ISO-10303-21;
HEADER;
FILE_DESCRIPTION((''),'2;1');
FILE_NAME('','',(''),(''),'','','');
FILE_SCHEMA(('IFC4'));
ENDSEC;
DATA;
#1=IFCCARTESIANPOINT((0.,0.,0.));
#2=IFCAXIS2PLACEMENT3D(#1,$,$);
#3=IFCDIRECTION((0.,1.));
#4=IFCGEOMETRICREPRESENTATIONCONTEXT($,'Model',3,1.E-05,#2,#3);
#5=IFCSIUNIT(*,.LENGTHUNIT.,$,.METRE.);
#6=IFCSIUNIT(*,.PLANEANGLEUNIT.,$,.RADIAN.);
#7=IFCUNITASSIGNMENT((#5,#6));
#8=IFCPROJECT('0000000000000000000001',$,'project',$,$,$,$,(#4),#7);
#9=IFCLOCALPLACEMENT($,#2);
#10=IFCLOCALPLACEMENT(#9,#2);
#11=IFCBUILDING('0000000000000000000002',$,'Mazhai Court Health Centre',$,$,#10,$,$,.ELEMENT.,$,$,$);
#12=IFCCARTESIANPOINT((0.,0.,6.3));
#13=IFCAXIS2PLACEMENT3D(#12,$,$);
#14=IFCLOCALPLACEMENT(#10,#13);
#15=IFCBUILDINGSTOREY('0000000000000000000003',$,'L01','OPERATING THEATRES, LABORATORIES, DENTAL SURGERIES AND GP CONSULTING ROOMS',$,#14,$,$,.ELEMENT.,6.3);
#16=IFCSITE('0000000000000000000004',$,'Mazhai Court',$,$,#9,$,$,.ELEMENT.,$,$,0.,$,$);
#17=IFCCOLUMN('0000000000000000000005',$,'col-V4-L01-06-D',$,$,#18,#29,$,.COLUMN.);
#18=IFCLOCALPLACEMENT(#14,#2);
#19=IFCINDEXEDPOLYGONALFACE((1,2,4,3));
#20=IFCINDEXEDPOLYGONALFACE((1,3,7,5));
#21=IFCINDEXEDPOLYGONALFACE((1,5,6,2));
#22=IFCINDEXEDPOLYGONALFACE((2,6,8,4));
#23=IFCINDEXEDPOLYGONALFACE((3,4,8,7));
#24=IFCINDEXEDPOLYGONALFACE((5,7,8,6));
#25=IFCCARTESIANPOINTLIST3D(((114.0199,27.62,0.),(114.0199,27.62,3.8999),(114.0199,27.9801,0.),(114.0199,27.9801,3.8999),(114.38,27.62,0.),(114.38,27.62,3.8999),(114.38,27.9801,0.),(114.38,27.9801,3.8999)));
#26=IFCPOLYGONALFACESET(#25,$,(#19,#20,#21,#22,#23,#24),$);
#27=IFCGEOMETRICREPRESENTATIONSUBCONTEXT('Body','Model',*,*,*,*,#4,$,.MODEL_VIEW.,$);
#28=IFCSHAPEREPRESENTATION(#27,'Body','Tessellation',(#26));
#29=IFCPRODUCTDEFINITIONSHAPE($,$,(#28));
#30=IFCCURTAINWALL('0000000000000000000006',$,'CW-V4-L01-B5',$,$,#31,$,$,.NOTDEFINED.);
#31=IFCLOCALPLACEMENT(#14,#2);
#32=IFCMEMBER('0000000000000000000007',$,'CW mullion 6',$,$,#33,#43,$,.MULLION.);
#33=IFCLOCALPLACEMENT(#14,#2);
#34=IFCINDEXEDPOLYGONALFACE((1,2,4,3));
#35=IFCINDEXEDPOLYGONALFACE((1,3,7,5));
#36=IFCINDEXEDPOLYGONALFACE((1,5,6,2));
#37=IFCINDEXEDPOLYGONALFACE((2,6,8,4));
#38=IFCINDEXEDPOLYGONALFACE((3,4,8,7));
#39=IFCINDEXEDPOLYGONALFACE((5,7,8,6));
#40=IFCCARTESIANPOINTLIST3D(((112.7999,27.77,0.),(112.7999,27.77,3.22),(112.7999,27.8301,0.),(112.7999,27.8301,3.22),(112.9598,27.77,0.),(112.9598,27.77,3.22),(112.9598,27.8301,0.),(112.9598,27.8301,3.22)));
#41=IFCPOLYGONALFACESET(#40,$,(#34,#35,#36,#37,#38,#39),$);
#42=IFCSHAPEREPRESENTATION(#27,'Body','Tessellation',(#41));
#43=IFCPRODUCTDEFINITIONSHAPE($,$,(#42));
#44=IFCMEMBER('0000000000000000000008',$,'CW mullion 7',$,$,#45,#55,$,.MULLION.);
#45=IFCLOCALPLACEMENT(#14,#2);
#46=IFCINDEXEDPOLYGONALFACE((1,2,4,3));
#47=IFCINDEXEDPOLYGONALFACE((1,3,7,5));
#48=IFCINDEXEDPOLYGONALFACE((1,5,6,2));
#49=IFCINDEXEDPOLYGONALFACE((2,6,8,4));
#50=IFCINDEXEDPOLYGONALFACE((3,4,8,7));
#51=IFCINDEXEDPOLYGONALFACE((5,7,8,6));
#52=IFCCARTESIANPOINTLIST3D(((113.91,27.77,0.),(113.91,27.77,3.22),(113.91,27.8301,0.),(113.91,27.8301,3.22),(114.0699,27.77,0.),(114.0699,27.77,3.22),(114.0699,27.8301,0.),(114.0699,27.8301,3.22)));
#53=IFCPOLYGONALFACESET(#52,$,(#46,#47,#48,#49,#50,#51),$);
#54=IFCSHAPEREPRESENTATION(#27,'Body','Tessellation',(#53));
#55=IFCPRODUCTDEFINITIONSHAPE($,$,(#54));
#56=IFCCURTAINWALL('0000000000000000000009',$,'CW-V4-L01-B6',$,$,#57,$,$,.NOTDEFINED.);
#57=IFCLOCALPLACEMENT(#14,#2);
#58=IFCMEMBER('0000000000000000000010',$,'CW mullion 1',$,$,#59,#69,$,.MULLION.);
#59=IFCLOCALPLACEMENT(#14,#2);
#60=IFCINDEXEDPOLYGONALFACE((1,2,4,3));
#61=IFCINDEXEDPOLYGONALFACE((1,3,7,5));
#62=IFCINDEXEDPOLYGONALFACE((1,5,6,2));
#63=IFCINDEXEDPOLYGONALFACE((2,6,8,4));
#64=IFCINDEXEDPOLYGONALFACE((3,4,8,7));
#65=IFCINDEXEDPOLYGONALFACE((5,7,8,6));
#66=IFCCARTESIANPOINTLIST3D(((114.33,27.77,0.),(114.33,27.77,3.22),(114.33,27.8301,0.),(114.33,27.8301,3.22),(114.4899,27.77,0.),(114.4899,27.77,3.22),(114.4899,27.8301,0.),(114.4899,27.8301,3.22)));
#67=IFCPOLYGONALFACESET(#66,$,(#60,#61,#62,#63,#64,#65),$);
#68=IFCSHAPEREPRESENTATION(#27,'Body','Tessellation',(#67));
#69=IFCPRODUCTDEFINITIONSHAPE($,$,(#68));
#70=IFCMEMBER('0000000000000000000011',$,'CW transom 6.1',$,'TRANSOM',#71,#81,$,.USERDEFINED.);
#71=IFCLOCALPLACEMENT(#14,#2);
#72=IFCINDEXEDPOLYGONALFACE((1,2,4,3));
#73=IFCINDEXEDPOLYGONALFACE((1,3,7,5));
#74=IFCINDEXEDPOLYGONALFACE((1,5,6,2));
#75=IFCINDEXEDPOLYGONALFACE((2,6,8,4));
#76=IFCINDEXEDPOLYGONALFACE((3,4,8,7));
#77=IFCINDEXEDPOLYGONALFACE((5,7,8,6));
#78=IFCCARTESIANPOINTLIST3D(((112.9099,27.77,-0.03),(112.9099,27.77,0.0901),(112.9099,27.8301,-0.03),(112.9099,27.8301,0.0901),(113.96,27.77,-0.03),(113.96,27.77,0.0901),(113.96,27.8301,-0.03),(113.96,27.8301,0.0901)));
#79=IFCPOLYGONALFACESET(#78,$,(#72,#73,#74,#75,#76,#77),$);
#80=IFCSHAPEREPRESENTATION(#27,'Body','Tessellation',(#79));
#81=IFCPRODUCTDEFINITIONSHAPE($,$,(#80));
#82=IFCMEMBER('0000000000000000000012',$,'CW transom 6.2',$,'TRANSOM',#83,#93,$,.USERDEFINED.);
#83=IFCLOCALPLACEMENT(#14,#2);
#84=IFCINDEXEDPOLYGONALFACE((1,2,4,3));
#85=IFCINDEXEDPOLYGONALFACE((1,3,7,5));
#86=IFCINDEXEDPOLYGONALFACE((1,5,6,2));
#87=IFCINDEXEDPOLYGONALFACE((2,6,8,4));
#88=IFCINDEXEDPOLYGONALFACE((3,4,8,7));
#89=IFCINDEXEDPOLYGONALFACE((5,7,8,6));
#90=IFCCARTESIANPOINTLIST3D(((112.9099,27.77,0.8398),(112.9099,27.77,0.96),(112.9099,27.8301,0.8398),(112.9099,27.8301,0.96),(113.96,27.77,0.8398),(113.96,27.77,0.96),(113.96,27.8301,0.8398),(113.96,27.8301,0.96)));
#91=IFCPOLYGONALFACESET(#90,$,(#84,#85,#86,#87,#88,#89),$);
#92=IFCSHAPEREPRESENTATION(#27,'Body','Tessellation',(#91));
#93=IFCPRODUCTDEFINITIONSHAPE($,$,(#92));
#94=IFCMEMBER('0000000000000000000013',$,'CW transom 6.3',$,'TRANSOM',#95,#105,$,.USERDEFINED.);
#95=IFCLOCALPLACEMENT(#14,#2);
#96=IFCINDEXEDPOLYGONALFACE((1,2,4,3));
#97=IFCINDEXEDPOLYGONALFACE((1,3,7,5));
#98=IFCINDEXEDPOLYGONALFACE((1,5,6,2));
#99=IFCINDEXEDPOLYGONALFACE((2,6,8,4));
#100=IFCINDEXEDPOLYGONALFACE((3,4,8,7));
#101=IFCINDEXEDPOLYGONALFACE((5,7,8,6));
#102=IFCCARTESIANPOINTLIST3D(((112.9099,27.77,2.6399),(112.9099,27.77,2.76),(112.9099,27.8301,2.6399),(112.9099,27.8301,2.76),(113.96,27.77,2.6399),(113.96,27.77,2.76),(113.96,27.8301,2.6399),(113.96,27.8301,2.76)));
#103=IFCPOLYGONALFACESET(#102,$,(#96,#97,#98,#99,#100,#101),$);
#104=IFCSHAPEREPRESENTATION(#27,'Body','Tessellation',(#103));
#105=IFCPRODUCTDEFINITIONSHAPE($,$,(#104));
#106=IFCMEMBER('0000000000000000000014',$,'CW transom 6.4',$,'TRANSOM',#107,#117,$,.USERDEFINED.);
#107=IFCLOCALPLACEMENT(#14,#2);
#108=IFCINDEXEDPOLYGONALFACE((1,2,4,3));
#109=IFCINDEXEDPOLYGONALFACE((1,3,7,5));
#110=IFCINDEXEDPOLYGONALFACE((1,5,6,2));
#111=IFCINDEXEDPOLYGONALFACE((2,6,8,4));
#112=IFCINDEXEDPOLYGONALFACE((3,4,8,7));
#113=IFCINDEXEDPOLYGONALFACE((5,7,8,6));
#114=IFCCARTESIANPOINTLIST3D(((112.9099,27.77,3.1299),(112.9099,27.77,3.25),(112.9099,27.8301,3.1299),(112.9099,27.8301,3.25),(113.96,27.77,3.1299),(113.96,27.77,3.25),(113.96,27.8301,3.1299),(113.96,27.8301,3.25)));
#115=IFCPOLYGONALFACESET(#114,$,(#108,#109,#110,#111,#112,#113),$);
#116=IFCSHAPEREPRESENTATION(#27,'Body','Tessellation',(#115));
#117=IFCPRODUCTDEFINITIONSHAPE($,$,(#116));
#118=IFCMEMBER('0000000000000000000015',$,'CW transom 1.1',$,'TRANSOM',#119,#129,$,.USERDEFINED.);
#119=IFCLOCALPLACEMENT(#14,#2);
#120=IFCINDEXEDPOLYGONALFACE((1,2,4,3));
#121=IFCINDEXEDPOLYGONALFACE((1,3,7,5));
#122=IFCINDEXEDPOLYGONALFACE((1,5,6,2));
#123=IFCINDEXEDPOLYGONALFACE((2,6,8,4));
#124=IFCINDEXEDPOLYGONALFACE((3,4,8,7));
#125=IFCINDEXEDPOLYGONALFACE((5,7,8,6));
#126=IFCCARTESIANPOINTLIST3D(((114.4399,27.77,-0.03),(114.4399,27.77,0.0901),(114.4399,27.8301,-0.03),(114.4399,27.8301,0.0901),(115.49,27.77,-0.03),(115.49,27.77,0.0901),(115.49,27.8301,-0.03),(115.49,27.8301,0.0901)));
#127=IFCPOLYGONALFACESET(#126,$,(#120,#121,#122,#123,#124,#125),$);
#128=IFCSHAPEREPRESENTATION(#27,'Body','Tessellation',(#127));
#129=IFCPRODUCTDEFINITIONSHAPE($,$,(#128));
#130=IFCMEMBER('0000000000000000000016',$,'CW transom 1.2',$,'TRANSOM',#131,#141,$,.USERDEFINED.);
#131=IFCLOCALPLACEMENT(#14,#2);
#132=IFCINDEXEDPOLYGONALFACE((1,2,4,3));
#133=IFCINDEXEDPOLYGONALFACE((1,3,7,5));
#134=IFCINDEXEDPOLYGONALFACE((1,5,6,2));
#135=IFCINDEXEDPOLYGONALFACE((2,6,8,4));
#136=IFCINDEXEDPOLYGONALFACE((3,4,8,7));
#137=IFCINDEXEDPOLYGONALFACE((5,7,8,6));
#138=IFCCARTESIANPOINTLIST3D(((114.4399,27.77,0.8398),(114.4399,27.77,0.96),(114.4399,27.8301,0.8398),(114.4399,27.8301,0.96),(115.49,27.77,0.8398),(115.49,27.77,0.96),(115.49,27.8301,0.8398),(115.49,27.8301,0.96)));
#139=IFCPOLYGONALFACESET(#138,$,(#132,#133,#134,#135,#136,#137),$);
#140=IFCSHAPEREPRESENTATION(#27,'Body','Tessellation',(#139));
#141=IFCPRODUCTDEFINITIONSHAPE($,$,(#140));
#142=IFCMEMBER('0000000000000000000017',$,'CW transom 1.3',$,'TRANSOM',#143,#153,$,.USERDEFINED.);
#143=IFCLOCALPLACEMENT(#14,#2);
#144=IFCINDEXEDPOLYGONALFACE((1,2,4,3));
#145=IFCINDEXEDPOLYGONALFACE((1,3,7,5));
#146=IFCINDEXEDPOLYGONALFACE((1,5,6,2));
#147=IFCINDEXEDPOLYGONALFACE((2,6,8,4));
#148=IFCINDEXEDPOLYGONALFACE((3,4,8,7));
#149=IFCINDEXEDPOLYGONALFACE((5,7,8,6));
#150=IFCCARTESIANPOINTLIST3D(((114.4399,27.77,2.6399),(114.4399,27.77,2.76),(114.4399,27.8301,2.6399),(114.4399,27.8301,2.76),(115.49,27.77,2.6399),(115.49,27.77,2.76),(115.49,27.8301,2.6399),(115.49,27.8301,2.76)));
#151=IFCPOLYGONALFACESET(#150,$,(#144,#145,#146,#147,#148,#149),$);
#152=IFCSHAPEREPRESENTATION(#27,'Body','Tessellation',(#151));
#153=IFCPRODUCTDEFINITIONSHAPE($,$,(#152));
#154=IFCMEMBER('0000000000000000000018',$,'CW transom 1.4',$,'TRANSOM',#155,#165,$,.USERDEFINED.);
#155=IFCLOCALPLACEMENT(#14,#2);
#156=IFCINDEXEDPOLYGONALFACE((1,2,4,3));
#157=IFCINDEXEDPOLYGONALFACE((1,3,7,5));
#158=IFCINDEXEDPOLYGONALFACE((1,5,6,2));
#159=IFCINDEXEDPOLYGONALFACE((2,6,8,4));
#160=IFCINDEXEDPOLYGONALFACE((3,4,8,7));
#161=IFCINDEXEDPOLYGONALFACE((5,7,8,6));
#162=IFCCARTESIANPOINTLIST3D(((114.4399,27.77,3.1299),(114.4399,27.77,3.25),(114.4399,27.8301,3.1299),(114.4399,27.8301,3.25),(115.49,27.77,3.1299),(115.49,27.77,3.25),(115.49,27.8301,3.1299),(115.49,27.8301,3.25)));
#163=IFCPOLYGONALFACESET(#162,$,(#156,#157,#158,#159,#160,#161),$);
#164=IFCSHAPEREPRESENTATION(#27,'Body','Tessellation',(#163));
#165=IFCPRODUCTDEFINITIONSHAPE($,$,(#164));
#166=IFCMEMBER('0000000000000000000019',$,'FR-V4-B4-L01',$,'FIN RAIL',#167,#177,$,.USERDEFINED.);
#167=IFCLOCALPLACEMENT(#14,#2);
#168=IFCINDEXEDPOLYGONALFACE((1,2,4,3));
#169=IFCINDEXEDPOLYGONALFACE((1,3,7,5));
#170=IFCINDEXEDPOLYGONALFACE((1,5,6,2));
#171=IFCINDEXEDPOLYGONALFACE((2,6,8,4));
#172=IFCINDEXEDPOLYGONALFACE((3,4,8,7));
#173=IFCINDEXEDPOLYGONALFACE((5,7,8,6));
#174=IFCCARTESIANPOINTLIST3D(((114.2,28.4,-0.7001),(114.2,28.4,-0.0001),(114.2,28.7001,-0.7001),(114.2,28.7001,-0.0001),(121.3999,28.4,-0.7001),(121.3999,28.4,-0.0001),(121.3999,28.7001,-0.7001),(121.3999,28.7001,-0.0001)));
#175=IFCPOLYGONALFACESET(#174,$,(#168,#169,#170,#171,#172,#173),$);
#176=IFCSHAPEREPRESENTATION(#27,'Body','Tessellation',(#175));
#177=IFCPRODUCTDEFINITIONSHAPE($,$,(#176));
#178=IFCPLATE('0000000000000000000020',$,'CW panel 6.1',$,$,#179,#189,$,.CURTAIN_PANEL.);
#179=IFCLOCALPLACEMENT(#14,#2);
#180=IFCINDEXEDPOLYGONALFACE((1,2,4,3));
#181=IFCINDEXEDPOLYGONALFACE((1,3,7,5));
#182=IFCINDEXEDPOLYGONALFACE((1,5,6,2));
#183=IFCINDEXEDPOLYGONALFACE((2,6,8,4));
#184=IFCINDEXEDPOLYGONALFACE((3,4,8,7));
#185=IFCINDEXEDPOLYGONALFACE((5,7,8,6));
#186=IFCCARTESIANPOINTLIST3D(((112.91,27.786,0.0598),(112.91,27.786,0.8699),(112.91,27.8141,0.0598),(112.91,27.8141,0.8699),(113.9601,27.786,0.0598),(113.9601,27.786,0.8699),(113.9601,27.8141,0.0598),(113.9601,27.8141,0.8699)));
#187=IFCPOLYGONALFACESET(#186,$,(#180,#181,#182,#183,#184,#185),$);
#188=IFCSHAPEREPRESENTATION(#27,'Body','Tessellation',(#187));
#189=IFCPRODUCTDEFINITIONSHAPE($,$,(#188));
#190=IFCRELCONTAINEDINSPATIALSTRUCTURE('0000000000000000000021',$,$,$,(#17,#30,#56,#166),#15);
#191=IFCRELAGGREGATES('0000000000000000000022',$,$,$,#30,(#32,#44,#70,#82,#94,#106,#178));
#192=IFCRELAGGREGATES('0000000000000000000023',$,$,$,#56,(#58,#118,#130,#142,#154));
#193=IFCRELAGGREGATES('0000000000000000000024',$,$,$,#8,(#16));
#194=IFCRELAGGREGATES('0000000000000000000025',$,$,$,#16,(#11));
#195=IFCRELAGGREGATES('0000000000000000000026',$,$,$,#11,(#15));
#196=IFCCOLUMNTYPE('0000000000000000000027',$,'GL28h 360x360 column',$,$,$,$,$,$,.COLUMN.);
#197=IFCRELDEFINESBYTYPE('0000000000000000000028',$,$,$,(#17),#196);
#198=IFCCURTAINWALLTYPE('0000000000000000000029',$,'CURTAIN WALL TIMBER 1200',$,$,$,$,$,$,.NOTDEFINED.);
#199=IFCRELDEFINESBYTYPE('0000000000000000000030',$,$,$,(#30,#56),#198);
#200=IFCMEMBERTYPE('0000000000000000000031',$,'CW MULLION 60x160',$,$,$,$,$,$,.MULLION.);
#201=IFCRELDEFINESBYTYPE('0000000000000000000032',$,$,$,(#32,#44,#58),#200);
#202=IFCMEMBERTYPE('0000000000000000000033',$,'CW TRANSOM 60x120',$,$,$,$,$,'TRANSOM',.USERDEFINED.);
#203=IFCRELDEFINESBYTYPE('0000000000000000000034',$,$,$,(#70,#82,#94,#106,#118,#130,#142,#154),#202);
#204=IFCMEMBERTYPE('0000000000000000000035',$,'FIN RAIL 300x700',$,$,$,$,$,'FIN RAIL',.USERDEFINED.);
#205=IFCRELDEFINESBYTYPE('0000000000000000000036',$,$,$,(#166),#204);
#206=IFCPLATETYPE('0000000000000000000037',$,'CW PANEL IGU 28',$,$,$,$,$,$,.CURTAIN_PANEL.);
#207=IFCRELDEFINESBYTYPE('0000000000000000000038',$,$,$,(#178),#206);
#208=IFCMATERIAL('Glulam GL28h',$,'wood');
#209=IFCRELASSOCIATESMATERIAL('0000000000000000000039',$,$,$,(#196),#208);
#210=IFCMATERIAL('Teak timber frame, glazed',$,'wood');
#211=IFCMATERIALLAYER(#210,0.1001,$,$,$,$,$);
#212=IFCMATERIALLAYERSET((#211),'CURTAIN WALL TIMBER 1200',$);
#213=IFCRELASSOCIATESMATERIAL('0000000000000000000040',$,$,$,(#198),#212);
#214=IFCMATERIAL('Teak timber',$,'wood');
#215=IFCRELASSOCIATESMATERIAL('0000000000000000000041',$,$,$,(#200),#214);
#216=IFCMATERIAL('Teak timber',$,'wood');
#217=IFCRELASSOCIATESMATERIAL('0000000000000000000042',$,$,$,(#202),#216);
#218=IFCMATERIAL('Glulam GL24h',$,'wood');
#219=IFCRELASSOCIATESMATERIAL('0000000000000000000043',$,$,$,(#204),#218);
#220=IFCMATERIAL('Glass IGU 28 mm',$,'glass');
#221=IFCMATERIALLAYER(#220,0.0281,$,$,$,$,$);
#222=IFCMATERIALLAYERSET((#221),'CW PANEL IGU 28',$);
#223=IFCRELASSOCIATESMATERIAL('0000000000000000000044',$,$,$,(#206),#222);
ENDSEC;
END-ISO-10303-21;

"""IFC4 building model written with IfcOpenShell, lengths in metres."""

from ifc_helpers import new_model, si_unit, direction, frame, origin, origin_2d, place, context, subcontext, project, spatial, rectangle, extrude, material, layer, layer_set, material_profile, profile_set, type_object, element, aggregate, save


model = new_model("IFC4")

# Units and contexts
model_context = context("Model", 3, precision=1e-05, world=origin(), true_north=direction((0.0, 1.0)))
body_context = subcontext(model_context, "Body", "Model", "MODEL_VIEW")
ifc_project = project(units=[si_unit("LENGTHUNIT", "METRE"), si_unit("PLANEANGLEUNIT", "RADIAN")], contexts=[model_context])

# Site, building, storey
site_placement = place(None, origin())
site = spatial("IfcSite", under=ifc_project, at=site_placement, Name="Mazhai Court", CompositionType="ELEMENT", RefElevation=0.0)
building_placement = place(site_placement, origin())
building = spatial("IfcBuilding", under=site, at=building_placement, Name="Mazhai Court Health Centre", CompositionType="ELEMENT")
storey_placement = place(building_placement, frame((0.0, 0.0, 6.3)))
storey = spatial("IfcBuildingStorey", under=building, at=storey_placement, Name="L01", Description="OPERATING THEATRES, LABORATORIES, DENTAL SURGERIES AND GP CONSULTING ROOMS", CompositionType="ELEMENT", Elevation=6.3)

# Column
ifc_material_1 = material(Name="Glulam GL28h", Category="wood")
ifc_material_profile_1 = material_profile(ifc_material_1, rectangle(XDim=0.3601, YDim=0.3601, at=origin_2d()), Name="GL28h 360x360")
ifc_profile_set_1 = profile_set([ifc_material_profile_1], Name="Glulam GL28h")
column_type = type_object("IfcColumnType", Name="GL28h 360x360 column", PredefinedType="COLUMN", material=ifc_profile_set_1)
column_placement = place(storey_placement, frame((114.2, 27.8, 0.0), z_axis=(0.0, 0.0, 1.0), x_axis=(1.0, 0.0, 0.0)))
element("IfcColumn", 1, at=column_placement, inside=storey, type_object=column_type, Name="col-V4-L01-06-D", PredefinedType="COLUMN", context=body_context, shape_type="SweptSolid", body=[
    extrude(rectangle(XDim=0.3601, YDim=0.3601, at=origin_2d()), origin(), (0.0, 0.0, 1.0), 3.8999),
])

# Curtain wall, members
ifc_material_2 = material(Name="Teak timber frame, glazed", Category="wood")
ifc_layer_1 = layer(ifc_material_2, 0.1001)
ifc_layer_set_1 = layer_set([ifc_layer_1], Name="CURTAIN WALL TIMBER 1200")
curtain_wall_type = type_object("IfcCurtainWallType", Name="CURTAIN WALL TIMBER 1200", PredefinedType="NOTDEFINED", material=ifc_layer_set_1)
curtain_wall_1_placement = place(storey_placement, origin())
curtain_wall_1 = element("IfcCurtainWall", 2, at=curtain_wall_1_placement, inside=storey, type_object=curtain_wall_type, Name="CW-V4-L01-B5", PredefinedType="NOTDEFINED")
ifc_material_3 = material(Name="Teak timber", Category="wood")
ifc_material_profile_2 = material_profile(ifc_material_3, rectangle(XDim=0.0601, YDim=0.1599, at=origin_2d()), Name="CW MULLION 60x160")
ifc_profile_set_2 = profile_set([ifc_material_profile_2], Name="Teak timber")
member_type_1 = type_object("IfcMemberType", Name="CW MULLION 60x160", PredefinedType="MULLION", material=ifc_profile_set_2)
member_1_placement = place(storey_placement, frame((112.8799, 27.8, 0.0), z_axis=(0.0, 0.0, 1.0), x_axis=(0.0, 1.0, 0.0)))
member_1 = element("IfcMember", 3, at=member_1_placement, type_object=member_type_1, Name="CW mullion 6", PredefinedType="MULLION", context=body_context, shape_type="SweptSolid", body=[
    extrude(rectangle(XDim=0.0601, YDim=0.1599, at=origin_2d()), origin(), (0.0, 0.0, 1.0), 3.22),
])
member_2_placement = place(storey_placement, frame((113.99, 27.8, 0.0), z_axis=(0.0, 0.0, 1.0), x_axis=(0.0, 1.0, 0.0)))
member_2 = element("IfcMember", 4, at=member_2_placement, type_object=member_type_1, Name="CW mullion 7", PredefinedType="MULLION", context=body_context, shape_type="SweptSolid", body=[
    extrude(rectangle(XDim=0.0601, YDim=0.1599, at=origin_2d()), origin(), (0.0, 0.0, 1.0), 3.22),
])

# Curtain wall, member
curtain_wall_2_placement = place(storey_placement, origin())
curtain_wall_2 = element("IfcCurtainWall", 5, at=curtain_wall_2_placement, inside=storey, type_object=curtain_wall_type, Name="CW-V4-L01-B6", PredefinedType="NOTDEFINED")
member_3_placement = place(storey_placement, frame((114.4099, 27.8, 0.0), z_axis=(0.0, 0.0, 1.0), x_axis=(0.0, 1.0, 0.0)))
member_3 = element("IfcMember", 6, at=member_3_placement, type_object=member_type_1, Name="CW mullion 1", PredefinedType="MULLION", context=body_context, shape_type="SweptSolid", body=[
    extrude(rectangle(XDim=0.0601, YDim=0.1599, at=origin_2d()), origin(), (0.0, 0.0, 1.0), 3.22),
])

# Members
ifc_material_4 = material(Name="Teak timber", Category="wood")
ifc_material_profile_3 = material_profile(ifc_material_4, rectangle(XDim=0.0601, YDim=0.1201, at=origin_2d()), Name="CW TRANSOM 60x120")
ifc_profile_set_3 = profile_set([ifc_material_profile_3], Name="Teak timber")
member_type_2 = type_object("IfcMemberType", Name="CW TRANSOM 60x120", ElementType="TRANSOM", PredefinedType="USERDEFINED", material=ifc_profile_set_3)
member_4_placement = place(storey_placement, frame((112.9099, 27.8, 0.03), z_axis=(1.0, 0.0, 0.0), x_axis=(0.0, 1.0, 0.0)))
member_4 = element("IfcMember", 7, at=member_4_placement, type_object=member_type_2, Name="CW transom 6.1", ObjectType="TRANSOM", PredefinedType="USERDEFINED", context=body_context, shape_type="SweptSolid", body=[
    extrude(rectangle(XDim=0.0601, YDim=0.1201, at=origin_2d()), origin(), (0.0, 0.0, 1.0), 1.05),
])
member_5_placement = place(storey_placement, frame((112.9099, 27.8, 0.8999), z_axis=(1.0, 0.0, 0.0), x_axis=(0.0, 1.0, 0.0)))
member_5 = element("IfcMember", 8, at=member_5_placement, type_object=member_type_2, Name="CW transom 6.2", ObjectType="TRANSOM", PredefinedType="USERDEFINED", context=body_context, shape_type="SweptSolid", body=[
    extrude(rectangle(XDim=0.0601, YDim=0.1201, at=origin_2d()), origin(), (0.0, 0.0, 1.0), 1.05),
])
member_6_placement = place(storey_placement, frame((112.9099, 27.8, 2.7), z_axis=(1.0, 0.0, 0.0), x_axis=(0.0, 1.0, 0.0)))
member_6 = element("IfcMember", 9, at=member_6_placement, type_object=member_type_2, Name="CW transom 6.3", ObjectType="TRANSOM", PredefinedType="USERDEFINED", context=body_context, shape_type="SweptSolid", body=[
    extrude(rectangle(XDim=0.0601, YDim=0.1201, at=origin_2d()), origin(), (0.0, 0.0, 1.0), 1.05),
])
member_7_placement = place(storey_placement, frame((112.9099, 27.8, 3.1899), z_axis=(1.0, 0.0, 0.0), x_axis=(0.0, 1.0, 0.0)))
member_7 = element("IfcMember", 10, at=member_7_placement, type_object=member_type_2, Name="CW transom 6.4", ObjectType="TRANSOM", PredefinedType="USERDEFINED", context=body_context, shape_type="SweptSolid", body=[
    extrude(rectangle(XDim=0.0601, YDim=0.1201, at=origin_2d()), origin(), (0.0, 0.0, 1.0), 1.05),
])
member_8_placement = place(storey_placement, frame((114.4399, 27.8, 0.03), z_axis=(1.0, 0.0, 0.0), x_axis=(0.0, 1.0, 0.0)))
member_8 = element("IfcMember", 11, at=member_8_placement, type_object=member_type_2, Name="CW transom 1.1", ObjectType="TRANSOM", PredefinedType="USERDEFINED", context=body_context, shape_type="SweptSolid", body=[
    extrude(rectangle(XDim=0.0601, YDim=0.1201, at=origin_2d()), origin(), (0.0, 0.0, 1.0), 1.05),
])
member_9_placement = place(storey_placement, frame((114.4399, 27.8, 0.8999), z_axis=(1.0, 0.0, 0.0), x_axis=(0.0, 1.0, 0.0)))
member_9 = element("IfcMember", 12, at=member_9_placement, type_object=member_type_2, Name="CW transom 1.2", ObjectType="TRANSOM", PredefinedType="USERDEFINED", context=body_context, shape_type="SweptSolid", body=[
    extrude(rectangle(XDim=0.0601, YDim=0.1201, at=origin_2d()), origin(), (0.0, 0.0, 1.0), 1.05),
])
member_10_placement = place(storey_placement, frame((114.4399, 27.8, 2.7), z_axis=(1.0, 0.0, 0.0), x_axis=(0.0, 1.0, 0.0)))
member_10 = element("IfcMember", 13, at=member_10_placement, type_object=member_type_2, Name="CW transom 1.3", ObjectType="TRANSOM", PredefinedType="USERDEFINED", context=body_context, shape_type="SweptSolid", body=[
    extrude(rectangle(XDim=0.0601, YDim=0.1201, at=origin_2d()), origin(), (0.0, 0.0, 1.0), 1.05),
])
member_11_placement = place(storey_placement, frame((114.4399, 27.8, 3.1899), z_axis=(1.0, 0.0, 0.0), x_axis=(0.0, 1.0, 0.0)))
member_11 = element("IfcMember", 14, at=member_11_placement, type_object=member_type_2, Name="CW transom 1.4", ObjectType="TRANSOM", PredefinedType="USERDEFINED", context=body_context, shape_type="SweptSolid", body=[
    extrude(rectangle(XDim=0.0601, YDim=0.1201, at=origin_2d()), origin(), (0.0, 0.0, 1.0), 1.05),
])
ifc_material_5 = material(Name="Glulam GL24h", Category="wood")
ifc_material_profile_4 = material_profile(ifc_material_5, rectangle(XDim=0.3, YDim=0.7, at=origin_2d()), Name="FIN RAIL 300x700")
ifc_profile_set_4 = profile_set([ifc_material_profile_4], Name="Glulam GL24h")
member_type_3 = type_object("IfcMemberType", Name="FIN RAIL 300x700", ElementType="FIN RAIL", PredefinedType="USERDEFINED", material=ifc_profile_set_4)
member_12_placement = place(storey_placement, frame((114.2, 28.55, -0.3501), z_axis=(1.0, 0.0, 0.0), x_axis=(0.0, 1.0, 0.0)))
element("IfcMember", 15, at=member_12_placement, inside=storey, type_object=member_type_3, Name="FR-V4-B4-L01", ObjectType="FIN RAIL", PredefinedType="USERDEFINED", context=body_context, shape_type="SweptSolid", body=[
    extrude(rectangle(XDim=0.3, YDim=0.7, at=origin_2d()), origin(), (0.0, 0.0, 1.0), 7.2),
])

# Plate
ifc_material_6 = material(Name="Glass IGU 28 mm", Category="glass")
ifc_layer_2 = layer(ifc_material_6, 0.0281)
ifc_layer_set_2 = layer_set([ifc_layer_2], Name="CW PANEL IGU 28")
plate_type = type_object("IfcPlateType", Name="CW PANEL IGU 28", PredefinedType="CURTAIN_PANEL", material=ifc_layer_set_2)
plate_1_placement = place(storey_placement, frame((113.4351, 27.8, 0.0598), z_axis=(0.0, 0.0, 1.0), x_axis=(1.0, 0.0, 0.0)))
plate_1 = element("IfcPlate", 16, at=plate_1_placement, type_object=plate_type, Name="CW panel 6.1", PredefinedType="CURTAIN_PANEL", context=body_context, shape_type="SweptSolid", body=[
    extrude(rectangle(XDim=1.05, YDim=0.0281, at=origin_2d()), origin(), (0.0, 0.0, 1.0), 0.8101),
])
aggregate(curtain_wall_1, [member_1, member_2, member_4, member_5, member_6, member_7, plate_1])
aggregate(curtain_wall_2, [member_3, member_8, member_9, member_10, member_11])

save(model, "model.ifc")
